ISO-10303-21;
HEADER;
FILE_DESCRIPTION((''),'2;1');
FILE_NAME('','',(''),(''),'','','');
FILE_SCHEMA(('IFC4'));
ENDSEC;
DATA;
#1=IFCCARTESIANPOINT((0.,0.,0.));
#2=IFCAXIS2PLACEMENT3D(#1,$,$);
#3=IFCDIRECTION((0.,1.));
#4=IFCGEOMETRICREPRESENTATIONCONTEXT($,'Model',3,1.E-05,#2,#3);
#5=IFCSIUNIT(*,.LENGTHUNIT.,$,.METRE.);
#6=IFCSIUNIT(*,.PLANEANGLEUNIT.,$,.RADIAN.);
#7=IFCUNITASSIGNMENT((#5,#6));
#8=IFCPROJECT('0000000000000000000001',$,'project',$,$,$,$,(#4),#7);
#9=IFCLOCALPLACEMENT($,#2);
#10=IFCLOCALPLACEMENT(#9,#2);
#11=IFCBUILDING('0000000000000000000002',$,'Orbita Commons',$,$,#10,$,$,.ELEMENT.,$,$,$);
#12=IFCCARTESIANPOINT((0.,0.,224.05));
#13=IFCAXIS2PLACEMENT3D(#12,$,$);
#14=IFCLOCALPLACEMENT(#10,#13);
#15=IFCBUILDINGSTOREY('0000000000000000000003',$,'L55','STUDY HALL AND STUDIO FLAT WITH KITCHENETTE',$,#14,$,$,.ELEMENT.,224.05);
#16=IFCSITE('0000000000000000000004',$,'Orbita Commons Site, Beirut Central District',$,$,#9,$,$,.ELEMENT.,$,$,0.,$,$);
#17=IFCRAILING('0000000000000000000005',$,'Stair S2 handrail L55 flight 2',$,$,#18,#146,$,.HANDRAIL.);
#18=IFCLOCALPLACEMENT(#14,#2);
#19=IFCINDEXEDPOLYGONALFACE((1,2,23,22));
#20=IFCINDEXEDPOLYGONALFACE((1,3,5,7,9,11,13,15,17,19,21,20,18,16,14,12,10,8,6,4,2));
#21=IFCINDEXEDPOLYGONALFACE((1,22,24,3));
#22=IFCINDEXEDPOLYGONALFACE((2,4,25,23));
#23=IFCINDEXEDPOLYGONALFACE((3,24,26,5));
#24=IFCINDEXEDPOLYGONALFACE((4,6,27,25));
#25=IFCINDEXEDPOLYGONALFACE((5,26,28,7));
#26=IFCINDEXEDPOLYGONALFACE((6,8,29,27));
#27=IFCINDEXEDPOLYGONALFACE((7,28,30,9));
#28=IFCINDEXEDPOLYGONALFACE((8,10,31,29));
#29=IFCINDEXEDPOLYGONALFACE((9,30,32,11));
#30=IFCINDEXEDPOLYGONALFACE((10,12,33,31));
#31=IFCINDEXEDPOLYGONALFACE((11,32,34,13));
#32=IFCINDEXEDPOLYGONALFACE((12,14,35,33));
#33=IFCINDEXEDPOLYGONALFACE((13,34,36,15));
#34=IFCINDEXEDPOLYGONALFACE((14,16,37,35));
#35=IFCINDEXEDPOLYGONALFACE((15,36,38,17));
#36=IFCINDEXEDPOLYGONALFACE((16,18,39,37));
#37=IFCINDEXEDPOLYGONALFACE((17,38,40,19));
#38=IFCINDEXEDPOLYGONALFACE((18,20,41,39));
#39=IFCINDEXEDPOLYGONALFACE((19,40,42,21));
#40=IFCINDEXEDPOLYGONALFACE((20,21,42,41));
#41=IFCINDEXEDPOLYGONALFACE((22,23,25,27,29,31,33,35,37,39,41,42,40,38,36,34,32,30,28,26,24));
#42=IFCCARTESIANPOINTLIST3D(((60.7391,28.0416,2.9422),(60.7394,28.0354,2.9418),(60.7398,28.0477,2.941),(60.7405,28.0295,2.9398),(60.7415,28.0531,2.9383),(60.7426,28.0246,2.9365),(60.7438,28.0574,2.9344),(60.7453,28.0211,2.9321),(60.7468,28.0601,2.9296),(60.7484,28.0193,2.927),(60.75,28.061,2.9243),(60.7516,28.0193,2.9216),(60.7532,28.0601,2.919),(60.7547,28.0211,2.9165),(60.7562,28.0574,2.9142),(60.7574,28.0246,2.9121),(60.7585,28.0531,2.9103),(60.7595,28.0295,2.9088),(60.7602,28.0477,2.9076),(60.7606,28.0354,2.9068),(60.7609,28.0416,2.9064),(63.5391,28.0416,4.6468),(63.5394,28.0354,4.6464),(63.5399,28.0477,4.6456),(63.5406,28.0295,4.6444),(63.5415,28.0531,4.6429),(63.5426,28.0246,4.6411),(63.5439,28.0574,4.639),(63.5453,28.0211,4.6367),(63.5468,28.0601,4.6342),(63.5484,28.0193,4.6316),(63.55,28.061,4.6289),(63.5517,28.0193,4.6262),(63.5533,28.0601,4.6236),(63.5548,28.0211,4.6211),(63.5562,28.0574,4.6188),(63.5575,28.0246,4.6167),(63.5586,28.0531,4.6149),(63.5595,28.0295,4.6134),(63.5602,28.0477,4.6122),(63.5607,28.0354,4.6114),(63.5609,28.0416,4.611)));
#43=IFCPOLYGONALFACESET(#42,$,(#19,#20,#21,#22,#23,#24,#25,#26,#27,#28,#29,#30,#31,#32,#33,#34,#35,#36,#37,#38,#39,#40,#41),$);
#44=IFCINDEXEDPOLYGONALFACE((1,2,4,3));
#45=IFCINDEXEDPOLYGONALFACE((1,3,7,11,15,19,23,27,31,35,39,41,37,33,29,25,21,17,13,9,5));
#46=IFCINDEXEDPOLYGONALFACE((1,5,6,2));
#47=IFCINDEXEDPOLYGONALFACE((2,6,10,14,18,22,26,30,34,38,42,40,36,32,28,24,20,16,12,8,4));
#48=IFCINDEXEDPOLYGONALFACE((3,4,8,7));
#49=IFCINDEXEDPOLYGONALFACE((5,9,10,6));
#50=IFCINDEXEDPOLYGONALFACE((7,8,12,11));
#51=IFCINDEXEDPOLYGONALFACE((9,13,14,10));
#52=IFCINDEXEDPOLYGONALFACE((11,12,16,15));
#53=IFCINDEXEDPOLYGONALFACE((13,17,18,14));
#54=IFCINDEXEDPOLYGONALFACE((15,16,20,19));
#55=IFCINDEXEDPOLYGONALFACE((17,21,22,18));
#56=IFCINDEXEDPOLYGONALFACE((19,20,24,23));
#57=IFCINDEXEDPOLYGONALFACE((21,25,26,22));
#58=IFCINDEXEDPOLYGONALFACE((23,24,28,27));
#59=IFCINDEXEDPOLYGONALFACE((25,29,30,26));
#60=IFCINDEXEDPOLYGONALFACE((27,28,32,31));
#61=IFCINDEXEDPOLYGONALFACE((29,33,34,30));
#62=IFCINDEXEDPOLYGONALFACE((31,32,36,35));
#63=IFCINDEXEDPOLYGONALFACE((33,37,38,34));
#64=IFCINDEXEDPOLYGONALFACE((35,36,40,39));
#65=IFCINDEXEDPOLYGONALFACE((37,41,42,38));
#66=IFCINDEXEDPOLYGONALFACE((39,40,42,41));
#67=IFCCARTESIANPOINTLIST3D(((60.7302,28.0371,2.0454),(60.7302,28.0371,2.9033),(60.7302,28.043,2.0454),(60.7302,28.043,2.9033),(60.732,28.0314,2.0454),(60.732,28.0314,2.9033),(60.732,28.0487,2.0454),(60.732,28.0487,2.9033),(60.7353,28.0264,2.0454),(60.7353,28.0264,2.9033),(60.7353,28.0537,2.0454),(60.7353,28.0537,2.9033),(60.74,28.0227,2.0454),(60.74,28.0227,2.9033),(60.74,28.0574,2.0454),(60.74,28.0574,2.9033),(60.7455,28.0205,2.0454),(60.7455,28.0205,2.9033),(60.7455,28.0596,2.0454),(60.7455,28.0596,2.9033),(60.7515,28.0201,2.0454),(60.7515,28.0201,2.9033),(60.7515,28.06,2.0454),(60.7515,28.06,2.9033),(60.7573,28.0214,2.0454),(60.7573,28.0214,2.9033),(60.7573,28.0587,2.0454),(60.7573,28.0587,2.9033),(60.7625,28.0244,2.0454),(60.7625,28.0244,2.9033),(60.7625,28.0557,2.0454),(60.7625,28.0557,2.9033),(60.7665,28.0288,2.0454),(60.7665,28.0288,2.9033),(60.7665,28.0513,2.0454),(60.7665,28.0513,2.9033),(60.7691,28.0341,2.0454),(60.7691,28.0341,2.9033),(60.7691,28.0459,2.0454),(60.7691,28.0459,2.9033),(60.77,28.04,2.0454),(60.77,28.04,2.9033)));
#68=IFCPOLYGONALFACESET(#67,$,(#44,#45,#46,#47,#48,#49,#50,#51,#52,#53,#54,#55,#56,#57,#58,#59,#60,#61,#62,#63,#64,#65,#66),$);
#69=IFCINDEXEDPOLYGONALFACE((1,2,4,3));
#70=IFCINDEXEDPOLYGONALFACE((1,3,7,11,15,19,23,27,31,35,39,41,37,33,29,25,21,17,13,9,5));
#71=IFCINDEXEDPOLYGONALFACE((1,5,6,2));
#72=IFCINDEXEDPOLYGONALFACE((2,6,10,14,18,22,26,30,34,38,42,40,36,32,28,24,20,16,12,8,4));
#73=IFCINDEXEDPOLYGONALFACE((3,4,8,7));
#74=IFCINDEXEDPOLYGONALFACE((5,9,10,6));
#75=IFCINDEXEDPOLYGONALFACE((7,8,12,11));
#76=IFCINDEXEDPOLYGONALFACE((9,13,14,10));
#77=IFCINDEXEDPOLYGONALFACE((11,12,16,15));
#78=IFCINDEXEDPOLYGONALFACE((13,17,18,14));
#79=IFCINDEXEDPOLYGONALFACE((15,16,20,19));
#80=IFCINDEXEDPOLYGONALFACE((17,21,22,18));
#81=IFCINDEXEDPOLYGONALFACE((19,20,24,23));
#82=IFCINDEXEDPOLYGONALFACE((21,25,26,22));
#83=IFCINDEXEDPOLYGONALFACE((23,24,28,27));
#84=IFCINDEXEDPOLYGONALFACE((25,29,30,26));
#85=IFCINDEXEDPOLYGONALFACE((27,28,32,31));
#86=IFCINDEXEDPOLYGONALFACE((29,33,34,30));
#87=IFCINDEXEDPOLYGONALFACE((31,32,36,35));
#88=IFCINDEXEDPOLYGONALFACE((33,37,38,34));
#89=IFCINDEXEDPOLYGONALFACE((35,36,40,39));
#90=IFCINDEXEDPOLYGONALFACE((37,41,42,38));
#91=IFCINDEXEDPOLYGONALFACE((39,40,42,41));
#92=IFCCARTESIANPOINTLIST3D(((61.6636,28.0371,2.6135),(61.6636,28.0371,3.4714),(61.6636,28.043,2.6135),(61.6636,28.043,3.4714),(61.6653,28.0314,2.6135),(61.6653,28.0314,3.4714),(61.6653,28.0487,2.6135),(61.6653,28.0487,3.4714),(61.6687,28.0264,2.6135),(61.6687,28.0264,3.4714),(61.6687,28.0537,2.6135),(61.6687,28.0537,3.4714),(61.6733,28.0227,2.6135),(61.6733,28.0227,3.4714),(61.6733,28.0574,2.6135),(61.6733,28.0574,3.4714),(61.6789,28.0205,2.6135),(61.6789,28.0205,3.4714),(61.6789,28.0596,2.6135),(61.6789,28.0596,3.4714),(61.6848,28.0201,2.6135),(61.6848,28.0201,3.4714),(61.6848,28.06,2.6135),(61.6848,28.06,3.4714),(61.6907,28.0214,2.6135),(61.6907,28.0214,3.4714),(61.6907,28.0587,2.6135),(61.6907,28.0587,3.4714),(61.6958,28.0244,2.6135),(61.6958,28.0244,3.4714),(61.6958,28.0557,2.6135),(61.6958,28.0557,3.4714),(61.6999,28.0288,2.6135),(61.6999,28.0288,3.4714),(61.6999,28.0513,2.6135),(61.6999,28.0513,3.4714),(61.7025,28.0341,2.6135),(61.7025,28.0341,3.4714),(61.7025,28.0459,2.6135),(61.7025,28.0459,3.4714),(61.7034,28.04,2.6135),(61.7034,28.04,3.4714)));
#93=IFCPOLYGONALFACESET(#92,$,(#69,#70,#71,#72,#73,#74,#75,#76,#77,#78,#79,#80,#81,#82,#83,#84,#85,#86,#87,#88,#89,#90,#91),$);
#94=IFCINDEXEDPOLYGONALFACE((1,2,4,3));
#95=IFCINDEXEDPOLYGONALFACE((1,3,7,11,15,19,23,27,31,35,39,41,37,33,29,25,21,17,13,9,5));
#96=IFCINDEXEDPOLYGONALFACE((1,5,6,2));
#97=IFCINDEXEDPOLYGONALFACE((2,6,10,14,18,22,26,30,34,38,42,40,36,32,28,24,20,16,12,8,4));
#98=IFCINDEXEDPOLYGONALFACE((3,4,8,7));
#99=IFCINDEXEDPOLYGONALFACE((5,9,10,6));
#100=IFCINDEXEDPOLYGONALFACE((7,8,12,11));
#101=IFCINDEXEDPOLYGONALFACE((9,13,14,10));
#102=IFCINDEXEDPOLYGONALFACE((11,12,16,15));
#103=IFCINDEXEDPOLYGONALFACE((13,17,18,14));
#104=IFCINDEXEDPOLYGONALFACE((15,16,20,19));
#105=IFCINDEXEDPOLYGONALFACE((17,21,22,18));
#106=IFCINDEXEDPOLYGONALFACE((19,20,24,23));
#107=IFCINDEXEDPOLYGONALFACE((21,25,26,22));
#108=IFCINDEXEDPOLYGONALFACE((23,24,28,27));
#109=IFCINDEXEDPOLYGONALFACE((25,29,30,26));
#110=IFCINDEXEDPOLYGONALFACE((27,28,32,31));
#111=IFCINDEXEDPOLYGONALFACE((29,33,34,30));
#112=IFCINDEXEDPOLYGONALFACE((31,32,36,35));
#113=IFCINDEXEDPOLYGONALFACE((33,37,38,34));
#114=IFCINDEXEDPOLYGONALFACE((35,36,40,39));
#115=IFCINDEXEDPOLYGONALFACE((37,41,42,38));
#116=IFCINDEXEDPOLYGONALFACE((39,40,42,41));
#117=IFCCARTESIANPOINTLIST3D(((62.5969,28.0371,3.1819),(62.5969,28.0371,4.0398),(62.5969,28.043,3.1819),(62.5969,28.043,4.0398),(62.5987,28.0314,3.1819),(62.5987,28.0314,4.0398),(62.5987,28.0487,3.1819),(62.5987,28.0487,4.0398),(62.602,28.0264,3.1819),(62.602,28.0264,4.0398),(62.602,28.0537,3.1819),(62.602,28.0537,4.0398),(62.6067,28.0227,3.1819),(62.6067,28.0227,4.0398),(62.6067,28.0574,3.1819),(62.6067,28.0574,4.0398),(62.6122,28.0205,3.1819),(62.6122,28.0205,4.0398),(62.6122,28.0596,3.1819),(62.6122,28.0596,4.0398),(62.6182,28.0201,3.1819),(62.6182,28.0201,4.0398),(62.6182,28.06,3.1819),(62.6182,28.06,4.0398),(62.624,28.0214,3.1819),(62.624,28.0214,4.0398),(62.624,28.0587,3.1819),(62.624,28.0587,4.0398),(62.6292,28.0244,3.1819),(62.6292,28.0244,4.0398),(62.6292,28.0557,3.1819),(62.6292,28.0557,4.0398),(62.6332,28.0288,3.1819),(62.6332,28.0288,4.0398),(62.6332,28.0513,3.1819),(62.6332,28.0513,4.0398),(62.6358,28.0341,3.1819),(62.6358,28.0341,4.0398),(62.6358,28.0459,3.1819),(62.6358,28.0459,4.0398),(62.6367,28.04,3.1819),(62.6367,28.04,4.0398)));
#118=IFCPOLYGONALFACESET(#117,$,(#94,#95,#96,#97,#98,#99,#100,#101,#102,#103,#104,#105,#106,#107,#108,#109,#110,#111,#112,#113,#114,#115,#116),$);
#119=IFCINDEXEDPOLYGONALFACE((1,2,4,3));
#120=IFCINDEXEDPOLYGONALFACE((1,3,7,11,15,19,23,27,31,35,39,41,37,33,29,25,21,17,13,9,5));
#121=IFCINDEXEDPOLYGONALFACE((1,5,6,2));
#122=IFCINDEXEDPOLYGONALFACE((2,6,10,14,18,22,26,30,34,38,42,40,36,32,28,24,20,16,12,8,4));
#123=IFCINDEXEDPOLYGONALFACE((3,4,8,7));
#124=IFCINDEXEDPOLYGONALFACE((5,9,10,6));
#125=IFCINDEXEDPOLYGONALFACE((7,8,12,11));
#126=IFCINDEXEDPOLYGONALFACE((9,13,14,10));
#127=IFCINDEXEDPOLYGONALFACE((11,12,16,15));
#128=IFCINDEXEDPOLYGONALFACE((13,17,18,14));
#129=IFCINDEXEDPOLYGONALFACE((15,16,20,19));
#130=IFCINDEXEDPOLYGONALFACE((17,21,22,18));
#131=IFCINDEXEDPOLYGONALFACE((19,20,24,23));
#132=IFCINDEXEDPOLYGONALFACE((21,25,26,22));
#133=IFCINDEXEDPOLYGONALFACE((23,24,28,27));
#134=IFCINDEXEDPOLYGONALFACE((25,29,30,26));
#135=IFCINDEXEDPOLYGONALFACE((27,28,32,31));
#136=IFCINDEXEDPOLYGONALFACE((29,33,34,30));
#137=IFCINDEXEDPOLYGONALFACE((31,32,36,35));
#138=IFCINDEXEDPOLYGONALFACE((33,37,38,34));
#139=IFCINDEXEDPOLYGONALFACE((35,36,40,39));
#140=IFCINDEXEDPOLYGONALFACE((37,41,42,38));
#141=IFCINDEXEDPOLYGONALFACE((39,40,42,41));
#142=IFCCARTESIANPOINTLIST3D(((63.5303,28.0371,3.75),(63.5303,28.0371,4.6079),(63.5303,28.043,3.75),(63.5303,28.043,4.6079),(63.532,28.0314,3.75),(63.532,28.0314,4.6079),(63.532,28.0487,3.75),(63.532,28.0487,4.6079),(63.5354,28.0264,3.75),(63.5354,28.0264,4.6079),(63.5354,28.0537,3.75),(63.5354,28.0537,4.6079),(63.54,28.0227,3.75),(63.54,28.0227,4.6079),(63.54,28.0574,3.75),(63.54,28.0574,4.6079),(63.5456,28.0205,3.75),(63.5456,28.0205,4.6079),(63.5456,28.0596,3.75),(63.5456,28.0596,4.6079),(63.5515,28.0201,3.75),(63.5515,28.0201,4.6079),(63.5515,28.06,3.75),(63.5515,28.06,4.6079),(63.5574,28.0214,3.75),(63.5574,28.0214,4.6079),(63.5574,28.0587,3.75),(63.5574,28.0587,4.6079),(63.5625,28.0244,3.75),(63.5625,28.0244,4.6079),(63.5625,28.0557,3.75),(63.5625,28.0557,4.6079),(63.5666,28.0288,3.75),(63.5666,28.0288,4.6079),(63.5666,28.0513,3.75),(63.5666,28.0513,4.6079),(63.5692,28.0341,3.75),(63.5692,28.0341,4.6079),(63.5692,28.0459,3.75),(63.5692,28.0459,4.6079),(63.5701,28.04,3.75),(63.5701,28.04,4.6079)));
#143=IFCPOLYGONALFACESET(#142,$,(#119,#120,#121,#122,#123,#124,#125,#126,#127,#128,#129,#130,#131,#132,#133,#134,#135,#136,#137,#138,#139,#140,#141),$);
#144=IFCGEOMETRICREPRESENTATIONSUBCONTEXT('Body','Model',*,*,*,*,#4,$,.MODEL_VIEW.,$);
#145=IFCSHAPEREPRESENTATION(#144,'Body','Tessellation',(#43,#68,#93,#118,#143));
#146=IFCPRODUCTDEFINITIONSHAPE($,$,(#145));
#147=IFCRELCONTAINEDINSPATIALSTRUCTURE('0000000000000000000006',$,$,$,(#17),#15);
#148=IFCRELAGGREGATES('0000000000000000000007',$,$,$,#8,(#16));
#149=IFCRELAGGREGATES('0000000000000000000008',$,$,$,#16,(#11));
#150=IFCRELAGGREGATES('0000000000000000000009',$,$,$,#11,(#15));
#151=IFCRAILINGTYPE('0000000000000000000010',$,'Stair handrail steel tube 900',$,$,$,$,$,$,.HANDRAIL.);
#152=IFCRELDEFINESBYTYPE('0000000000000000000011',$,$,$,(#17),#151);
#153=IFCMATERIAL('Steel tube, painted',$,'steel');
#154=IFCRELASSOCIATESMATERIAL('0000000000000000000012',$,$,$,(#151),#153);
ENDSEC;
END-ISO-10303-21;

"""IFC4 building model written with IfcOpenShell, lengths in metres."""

from ifc_helpers import new_model, si_unit, direction, frame, origin, origin_2d, place, context, subcontext, project, spatial, circle, extrude, material, type_object, element, save


model = new_model("IFC4")

# Units and contexts
model_context = context("Model", 3, precision=1e-05, world=origin(), true_north=direction((0.0, 1.0)))
body_context = subcontext(model_context, "Body", "Model", "MODEL_VIEW")
ifc_project = project(units=[si_unit("LENGTHUNIT", "METRE"), si_unit("PLANEANGLEUNIT", "RADIAN")], contexts=[model_context])

# Site, building, storey
site_placement = place(None, origin())
site = spatial("IfcSite", under=ifc_project, at=site_placement, Name="Orbita Commons Site, Beirut Central District", CompositionType="ELEMENT", RefElevation=0.0)
building_placement = place(site_placement, origin())
building = spatial("IfcBuilding", under=site, at=building_placement, Name="Orbita Commons", CompositionType="ELEMENT")
storey_placement = place(building_placement, frame((0.0, 0.0, 224.05)))
storey = spatial("IfcBuildingStorey", under=building, at=storey_placement, Name="L55", Description="STUDY HALL AND STUDIO FLAT WITH KITCHENETTE", CompositionType="ELEMENT", Elevation=224.05)

# Railing
ifc_material_1 = material(Name="Steel tube, painted", Category="steel")
railing_type = type_object("IfcRailingType", Name="Stair handrail steel tube 900", PredefinedType="HANDRAIL", material=ifc_material_1)
for number, where, name in (
    (1, (60.75, 28.04, 2.0454), "Stair S2 handrail L55 flight 2"),
):
    element("IfcRailing", number, at=place(storey_placement, frame(where)), inside=storey, type_object=railing_type, Name=name, PredefinedType="HANDRAIL", context=body_context, shape_type="SweptSolid", body=[
        extrude(circle(Radius=0.021, at=origin_2d()), frame((0.0, 0.0, 0.8789), z_axis=(0.85417, 0.0, 0.519994), x_axis=(0.0, 1.0, 0.0)), (0.0, 0.0, 1.0), 3.2781),
        extrude(circle(Radius=0.02, at=origin_2d()), origin(), (0.0, 0.0, 1.0), 0.8579),
        extrude(circle(Radius=0.02, at=origin_2d()), frame((0.9333, 0.0, 0.5681)), (0.0, 0.0, 1.0), 0.8579),
        extrude(circle(Radius=0.02, at=origin_2d()), frame((1.8667, 0.0, 1.1365)), (0.0, 0.0, 1.0), 0.8579),
        extrude(circle(Radius=0.02, at=origin_2d()), frame((2.8, 0.0, 1.7046)), (0.0, 0.0, 1.0), 0.8579),
    ])

save(model, "model.ifc")
